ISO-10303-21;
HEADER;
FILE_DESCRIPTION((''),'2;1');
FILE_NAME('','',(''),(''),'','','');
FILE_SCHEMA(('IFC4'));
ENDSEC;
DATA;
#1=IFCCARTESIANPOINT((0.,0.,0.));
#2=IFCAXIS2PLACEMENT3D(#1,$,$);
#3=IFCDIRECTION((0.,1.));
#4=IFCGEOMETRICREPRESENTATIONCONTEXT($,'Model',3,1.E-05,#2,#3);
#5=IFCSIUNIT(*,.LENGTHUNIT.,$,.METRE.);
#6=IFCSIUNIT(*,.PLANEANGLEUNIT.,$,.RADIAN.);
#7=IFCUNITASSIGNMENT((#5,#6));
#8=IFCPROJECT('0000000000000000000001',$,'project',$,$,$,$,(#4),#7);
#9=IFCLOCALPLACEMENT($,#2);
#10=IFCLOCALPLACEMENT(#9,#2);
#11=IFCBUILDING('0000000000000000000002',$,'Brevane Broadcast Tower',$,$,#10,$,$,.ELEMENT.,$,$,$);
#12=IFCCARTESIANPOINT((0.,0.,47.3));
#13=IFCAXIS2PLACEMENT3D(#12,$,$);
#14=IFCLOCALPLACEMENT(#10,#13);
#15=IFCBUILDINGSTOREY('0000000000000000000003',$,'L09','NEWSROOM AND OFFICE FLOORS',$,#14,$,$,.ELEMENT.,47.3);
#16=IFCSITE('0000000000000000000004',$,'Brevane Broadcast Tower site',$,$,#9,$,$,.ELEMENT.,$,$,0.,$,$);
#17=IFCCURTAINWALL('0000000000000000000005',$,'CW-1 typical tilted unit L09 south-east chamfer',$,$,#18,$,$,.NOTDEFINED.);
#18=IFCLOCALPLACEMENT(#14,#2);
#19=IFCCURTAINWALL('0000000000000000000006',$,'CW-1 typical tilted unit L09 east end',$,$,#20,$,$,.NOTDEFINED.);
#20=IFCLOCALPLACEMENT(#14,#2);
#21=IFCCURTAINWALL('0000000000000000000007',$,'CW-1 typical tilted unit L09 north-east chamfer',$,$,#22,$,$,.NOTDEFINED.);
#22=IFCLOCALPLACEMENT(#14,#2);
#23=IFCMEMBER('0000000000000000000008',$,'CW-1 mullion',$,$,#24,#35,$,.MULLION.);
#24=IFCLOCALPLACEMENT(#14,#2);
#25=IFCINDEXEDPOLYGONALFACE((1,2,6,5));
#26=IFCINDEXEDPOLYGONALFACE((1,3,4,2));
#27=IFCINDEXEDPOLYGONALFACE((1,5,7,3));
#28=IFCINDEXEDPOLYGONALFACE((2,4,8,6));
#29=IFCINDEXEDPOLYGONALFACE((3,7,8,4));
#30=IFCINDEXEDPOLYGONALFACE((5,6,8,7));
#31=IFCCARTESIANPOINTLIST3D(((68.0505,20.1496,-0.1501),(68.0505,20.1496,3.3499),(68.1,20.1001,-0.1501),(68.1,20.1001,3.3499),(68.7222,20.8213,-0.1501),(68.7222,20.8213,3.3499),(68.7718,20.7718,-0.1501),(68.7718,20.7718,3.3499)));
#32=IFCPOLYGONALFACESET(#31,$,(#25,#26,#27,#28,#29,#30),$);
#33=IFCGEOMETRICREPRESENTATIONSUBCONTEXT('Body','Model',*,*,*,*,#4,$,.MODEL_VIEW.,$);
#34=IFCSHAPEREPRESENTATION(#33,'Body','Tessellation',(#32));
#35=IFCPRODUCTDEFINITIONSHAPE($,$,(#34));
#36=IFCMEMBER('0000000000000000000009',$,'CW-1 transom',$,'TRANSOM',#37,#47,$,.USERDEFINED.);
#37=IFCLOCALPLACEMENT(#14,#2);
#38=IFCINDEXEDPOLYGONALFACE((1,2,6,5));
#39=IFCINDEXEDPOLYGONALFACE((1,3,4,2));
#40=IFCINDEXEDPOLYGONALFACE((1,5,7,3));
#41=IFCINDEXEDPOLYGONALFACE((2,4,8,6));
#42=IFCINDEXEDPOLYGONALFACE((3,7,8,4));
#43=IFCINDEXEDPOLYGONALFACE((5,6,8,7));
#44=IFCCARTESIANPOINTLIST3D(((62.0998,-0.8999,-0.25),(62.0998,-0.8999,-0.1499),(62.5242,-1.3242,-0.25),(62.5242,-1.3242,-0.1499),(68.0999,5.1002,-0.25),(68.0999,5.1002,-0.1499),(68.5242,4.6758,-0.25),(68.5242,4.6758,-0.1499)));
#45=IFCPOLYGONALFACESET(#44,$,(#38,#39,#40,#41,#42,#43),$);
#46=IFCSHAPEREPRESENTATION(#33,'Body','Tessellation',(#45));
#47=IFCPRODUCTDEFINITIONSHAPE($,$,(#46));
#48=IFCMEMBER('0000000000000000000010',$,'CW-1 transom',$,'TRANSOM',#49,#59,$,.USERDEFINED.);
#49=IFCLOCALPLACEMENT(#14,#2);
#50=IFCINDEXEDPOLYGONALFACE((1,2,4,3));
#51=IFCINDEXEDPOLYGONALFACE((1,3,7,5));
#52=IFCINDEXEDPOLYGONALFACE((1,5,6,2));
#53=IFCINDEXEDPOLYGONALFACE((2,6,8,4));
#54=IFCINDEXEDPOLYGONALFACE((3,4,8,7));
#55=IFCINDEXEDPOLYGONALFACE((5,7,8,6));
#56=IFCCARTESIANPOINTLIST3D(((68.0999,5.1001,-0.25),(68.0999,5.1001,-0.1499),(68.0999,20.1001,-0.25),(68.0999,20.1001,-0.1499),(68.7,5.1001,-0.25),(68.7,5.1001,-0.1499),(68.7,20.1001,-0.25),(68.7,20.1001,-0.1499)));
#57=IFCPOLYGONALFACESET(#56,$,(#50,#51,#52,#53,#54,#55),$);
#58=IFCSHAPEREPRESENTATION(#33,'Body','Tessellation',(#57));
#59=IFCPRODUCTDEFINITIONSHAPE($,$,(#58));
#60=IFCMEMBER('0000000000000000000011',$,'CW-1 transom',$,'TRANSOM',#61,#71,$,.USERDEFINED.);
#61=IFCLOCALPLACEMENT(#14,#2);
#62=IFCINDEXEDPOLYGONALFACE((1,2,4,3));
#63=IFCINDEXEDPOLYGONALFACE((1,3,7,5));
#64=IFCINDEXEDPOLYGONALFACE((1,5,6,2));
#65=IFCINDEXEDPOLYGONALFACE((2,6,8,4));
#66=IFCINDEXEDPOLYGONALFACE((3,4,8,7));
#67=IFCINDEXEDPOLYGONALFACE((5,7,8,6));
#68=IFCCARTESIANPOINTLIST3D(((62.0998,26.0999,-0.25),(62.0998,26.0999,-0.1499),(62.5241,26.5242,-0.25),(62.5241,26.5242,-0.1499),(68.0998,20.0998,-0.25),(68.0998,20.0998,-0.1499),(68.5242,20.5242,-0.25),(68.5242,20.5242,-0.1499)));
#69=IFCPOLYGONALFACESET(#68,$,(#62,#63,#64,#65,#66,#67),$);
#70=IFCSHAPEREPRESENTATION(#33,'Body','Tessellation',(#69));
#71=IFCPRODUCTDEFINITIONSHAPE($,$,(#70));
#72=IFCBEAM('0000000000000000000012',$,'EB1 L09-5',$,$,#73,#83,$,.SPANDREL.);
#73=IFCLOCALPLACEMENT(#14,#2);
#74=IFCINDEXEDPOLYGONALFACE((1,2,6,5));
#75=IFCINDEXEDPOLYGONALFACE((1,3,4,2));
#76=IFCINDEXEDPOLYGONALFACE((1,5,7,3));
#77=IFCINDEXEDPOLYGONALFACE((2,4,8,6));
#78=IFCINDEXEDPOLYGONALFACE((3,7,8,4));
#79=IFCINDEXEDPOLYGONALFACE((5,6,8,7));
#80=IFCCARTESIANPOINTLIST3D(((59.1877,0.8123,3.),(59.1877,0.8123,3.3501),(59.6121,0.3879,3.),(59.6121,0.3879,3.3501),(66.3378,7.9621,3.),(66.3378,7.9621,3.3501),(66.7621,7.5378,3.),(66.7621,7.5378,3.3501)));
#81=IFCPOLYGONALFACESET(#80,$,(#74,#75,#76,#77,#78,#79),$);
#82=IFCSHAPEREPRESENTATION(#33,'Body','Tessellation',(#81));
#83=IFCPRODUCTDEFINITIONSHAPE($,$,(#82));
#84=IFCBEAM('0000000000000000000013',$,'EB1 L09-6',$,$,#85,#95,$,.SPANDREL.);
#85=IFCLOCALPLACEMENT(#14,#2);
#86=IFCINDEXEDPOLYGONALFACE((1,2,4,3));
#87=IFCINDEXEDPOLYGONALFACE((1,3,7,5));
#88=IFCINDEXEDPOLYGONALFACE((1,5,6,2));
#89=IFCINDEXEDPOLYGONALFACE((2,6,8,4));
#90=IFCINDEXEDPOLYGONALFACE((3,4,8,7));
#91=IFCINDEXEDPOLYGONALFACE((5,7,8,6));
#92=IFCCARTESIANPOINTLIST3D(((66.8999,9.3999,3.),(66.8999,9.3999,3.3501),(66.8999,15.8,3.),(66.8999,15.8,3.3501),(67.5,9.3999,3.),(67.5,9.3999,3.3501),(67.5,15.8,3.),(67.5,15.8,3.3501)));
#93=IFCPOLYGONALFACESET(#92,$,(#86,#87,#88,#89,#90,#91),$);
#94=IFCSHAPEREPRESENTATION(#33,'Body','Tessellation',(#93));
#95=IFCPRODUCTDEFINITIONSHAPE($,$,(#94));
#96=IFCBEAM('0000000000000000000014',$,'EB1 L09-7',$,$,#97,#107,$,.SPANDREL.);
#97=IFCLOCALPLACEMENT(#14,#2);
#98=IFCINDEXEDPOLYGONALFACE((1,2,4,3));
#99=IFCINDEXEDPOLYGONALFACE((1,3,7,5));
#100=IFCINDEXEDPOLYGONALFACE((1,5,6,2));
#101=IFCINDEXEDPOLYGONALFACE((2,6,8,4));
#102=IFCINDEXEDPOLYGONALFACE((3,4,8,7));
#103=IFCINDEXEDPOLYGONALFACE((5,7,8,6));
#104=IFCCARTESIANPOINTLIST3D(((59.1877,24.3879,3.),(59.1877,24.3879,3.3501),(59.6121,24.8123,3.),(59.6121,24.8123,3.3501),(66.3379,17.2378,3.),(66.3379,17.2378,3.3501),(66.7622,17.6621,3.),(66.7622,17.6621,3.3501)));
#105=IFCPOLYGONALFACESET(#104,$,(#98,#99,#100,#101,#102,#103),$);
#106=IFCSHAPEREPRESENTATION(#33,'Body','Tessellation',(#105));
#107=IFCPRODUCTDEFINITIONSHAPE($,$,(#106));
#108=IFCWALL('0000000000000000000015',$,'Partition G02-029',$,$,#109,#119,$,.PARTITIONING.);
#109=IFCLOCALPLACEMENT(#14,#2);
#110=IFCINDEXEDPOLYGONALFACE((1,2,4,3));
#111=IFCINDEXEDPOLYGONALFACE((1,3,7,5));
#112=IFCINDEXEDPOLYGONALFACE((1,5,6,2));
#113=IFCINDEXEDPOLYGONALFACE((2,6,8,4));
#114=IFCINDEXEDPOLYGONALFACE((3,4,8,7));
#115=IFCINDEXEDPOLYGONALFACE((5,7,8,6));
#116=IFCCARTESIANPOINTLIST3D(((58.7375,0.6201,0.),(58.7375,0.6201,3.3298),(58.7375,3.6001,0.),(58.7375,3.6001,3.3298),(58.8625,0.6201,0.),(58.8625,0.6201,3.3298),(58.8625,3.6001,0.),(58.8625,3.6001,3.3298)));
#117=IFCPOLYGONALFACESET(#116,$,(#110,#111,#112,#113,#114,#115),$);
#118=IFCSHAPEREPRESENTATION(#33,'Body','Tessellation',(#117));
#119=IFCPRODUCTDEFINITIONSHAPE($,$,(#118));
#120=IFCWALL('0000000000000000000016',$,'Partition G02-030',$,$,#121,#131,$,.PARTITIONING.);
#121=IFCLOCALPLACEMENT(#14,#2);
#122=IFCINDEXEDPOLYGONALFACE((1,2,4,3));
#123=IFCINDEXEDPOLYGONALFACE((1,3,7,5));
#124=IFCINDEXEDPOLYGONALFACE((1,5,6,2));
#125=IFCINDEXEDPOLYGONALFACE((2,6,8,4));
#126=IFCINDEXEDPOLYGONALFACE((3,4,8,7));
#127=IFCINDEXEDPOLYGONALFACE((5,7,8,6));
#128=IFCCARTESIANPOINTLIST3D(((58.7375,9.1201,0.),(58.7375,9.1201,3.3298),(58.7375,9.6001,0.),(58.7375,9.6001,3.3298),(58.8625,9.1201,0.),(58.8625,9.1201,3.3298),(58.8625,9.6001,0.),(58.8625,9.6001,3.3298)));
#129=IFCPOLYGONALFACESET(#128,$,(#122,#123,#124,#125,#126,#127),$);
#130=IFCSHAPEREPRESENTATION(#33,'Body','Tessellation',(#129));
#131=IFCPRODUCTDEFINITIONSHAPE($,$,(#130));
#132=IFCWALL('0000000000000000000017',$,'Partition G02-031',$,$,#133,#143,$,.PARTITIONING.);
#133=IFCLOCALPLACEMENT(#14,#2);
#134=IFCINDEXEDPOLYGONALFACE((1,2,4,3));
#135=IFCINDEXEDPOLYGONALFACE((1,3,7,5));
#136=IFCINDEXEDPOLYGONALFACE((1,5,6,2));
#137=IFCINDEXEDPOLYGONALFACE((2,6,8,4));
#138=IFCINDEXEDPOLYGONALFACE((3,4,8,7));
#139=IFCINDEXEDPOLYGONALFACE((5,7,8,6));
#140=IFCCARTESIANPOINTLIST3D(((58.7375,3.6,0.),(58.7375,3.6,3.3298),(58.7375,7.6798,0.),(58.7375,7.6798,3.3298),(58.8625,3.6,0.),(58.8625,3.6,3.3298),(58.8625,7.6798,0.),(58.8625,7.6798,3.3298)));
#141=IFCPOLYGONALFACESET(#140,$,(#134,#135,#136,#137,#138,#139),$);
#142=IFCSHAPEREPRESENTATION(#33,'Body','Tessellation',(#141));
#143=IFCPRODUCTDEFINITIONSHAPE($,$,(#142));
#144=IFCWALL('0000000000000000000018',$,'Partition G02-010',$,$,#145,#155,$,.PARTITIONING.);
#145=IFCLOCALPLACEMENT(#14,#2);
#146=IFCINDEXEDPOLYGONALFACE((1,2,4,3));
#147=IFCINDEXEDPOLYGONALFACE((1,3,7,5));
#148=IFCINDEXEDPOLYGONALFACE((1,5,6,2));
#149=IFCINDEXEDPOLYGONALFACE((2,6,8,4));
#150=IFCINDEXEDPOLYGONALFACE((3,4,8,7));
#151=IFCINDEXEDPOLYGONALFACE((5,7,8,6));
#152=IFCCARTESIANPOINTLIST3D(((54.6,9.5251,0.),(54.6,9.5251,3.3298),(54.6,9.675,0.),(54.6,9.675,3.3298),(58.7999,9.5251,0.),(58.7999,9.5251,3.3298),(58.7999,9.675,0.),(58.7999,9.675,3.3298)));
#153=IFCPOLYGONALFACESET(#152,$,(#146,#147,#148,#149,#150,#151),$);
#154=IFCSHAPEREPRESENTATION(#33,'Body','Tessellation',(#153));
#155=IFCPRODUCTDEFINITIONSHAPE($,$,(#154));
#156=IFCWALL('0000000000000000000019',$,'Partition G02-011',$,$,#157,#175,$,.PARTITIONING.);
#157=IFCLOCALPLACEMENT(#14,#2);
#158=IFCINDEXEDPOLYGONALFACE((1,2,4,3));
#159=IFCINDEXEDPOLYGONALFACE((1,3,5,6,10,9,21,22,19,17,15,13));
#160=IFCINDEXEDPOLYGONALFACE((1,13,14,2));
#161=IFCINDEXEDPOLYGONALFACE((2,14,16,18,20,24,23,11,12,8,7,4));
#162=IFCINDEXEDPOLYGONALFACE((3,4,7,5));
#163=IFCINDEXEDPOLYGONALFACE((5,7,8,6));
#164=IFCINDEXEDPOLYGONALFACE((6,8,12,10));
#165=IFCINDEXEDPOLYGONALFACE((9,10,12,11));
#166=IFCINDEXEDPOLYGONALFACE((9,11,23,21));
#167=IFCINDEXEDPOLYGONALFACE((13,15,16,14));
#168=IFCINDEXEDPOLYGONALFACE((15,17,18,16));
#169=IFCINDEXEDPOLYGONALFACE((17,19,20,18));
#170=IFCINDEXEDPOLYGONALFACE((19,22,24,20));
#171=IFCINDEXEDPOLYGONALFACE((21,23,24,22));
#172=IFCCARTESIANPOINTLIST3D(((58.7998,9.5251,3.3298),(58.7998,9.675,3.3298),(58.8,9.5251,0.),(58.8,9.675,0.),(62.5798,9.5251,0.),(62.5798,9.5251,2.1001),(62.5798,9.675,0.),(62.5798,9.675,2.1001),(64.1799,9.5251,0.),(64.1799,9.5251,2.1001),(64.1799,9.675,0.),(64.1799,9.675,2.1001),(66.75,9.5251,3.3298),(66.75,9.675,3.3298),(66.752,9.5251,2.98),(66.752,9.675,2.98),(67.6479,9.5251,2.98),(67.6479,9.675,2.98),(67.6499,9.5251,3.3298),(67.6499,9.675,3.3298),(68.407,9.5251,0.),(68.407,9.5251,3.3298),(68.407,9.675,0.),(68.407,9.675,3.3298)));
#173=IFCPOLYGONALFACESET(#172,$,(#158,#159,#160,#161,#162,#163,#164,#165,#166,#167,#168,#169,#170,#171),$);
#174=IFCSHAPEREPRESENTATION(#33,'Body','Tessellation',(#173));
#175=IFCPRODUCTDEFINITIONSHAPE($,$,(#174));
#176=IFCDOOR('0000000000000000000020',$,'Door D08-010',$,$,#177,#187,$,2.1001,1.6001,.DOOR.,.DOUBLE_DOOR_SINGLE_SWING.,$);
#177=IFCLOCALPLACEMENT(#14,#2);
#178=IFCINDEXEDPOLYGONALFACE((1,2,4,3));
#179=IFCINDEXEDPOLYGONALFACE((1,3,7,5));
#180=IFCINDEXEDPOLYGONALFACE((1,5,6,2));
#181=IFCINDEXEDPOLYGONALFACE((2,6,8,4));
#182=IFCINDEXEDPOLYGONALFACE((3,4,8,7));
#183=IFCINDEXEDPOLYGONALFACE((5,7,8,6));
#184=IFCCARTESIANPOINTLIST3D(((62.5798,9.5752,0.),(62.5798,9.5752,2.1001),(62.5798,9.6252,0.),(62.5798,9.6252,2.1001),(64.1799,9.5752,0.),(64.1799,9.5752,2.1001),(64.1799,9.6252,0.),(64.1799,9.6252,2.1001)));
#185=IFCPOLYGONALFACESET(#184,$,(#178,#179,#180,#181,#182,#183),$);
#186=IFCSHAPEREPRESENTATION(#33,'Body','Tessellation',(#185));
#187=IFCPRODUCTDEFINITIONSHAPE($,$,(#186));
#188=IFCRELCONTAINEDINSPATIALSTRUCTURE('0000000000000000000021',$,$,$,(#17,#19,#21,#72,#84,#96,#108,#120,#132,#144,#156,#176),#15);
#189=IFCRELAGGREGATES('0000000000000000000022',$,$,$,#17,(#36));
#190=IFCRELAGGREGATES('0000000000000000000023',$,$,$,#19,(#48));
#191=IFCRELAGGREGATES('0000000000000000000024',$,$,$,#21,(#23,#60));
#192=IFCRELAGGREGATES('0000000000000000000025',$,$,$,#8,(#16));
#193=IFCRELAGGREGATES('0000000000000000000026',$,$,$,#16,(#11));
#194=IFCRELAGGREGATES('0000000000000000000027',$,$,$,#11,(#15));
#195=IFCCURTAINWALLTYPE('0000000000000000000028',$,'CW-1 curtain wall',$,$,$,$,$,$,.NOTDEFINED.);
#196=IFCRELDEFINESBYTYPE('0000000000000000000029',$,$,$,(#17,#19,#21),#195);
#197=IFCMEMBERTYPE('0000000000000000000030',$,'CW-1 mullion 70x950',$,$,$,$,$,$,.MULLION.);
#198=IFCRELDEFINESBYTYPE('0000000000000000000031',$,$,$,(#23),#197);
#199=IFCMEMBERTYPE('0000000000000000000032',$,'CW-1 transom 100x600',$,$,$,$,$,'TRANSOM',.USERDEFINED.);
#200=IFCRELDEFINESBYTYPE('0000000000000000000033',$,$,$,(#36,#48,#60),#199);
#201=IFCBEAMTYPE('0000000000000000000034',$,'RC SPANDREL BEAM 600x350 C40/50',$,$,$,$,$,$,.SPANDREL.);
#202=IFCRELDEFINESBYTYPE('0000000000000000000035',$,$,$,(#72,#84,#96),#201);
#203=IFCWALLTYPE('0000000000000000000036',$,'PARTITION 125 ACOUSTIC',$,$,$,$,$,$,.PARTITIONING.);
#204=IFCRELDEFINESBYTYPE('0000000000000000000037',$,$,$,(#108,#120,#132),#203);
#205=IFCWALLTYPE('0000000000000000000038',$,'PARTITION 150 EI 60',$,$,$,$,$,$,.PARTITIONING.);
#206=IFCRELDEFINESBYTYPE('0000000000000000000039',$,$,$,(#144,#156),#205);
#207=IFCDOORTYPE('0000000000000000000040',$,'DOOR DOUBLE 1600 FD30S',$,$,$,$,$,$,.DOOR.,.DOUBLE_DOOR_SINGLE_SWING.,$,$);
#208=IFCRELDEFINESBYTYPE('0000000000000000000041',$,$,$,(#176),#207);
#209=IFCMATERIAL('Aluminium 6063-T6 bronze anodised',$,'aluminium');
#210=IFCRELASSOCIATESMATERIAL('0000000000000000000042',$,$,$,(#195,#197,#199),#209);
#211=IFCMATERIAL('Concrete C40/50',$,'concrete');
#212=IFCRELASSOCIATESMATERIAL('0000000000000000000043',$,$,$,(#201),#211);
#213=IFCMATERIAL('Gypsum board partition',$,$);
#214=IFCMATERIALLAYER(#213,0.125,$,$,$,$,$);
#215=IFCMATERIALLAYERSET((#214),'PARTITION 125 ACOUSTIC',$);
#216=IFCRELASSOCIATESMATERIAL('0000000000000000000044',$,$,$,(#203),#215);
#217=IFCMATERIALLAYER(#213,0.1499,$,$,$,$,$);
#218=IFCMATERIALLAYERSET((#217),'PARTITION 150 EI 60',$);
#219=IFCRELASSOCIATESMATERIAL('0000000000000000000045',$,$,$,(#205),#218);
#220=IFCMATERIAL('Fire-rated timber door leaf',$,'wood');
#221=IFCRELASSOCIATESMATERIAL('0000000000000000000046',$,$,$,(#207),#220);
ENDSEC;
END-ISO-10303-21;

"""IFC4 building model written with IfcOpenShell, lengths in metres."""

from ifc_helpers import new_model, si_unit, direction, frame, frame_2d, origin, origin_2d, place, context, subcontext, project, spatial, polyline, rectangle, outline, extrude, material, layer, layer_set, material_profile, profile_set, type_object, element, fill, aggregate, save


model = new_model("IFC4")

# Units and contexts
model_context = context("Model", 3, precision=1e-05, world=origin(), true_north=direction((0.0, 1.0)))
body_context = subcontext(model_context, "Body", "Model", "MODEL_VIEW")
ifc_project = project(units=[si_unit("LENGTHUNIT", "METRE"), si_unit("PLANEANGLEUNIT", "RADIAN")], contexts=[model_context])

# Site, building, storey
site_placement = place(None, origin())
site = spatial("IfcSite", under=ifc_project, at=site_placement, Name="Brevane Broadcast Tower site", CompositionType="ELEMENT", RefElevation=0.0)
building_placement = place(site_placement, origin())
building = spatial("IfcBuilding", under=site, at=building_placement, Name="Brevane Broadcast Tower", CompositionType="ELEMENT")
storey_placement = place(building_placement, frame((0.0, 0.0, 47.3)))
storey = spatial("IfcBuildingStorey", under=building, at=storey_placement, Name="L09", Description="NEWSROOM AND OFFICE FLOORS", CompositionType="ELEMENT", Elevation=47.3)

# Curtain walls
ifc_material_1 = material(Name="Aluminium 6063-T6 bronze anodised", Category="aluminium")
curtain_wall_type = type_object("IfcCurtainWallType", Name="CW-1 curtain wall", PredefinedType="NOTDEFINED", material=ifc_material_1)
ifc_material_profile_1 = material_profile(ifc_material_1, rectangle(XDim=0.95, YDim=0.0701, at=origin_2d()), Name="RECT 70x950")
ifc_profile_set_1 = profile_set([ifc_material_profile_1], Name="Aluminium 6063-T6 bronze anodised")
member_type_1 = type_object("IfcMemberType", Name="CW-1 mullion 70x950", PredefinedType="MULLION", material=ifc_profile_set_1)
curtain_wall_1_placement = place(storey_placement, origin())
curtain_wall_1 = element("IfcCurtainWall", 1, at=curtain_wall_1_placement, inside=storey, type_object=curtain_wall_type, Name="CW-1 typical tilted unit L09 south-east chamfer", PredefinedType="NOTDEFINED")
curtain_wall_2_placement = place(storey_placement, origin())
curtain_wall_2 = element("IfcCurtainWall", 2, at=curtain_wall_2_placement, inside=storey, type_object=curtain_wall_type, Name="CW-1 typical tilted unit L09 east end", PredefinedType="NOTDEFINED")

# Curtain wall, member
curtain_wall_3_placement = place(storey_placement, origin())
curtain_wall_3 = element("IfcCurtainWall", 3, at=curtain_wall_3_placement, inside=storey, type_object=curtain_wall_type, Name="CW-1 typical tilted unit L09 north-east chamfer", PredefinedType="NOTDEFINED")
member_1_placement = place(storey_placement, frame((68.4111, 20.4607, -0.1501), z_axis=(0.0, 0.0, 1.0), x_axis=(-0.707107, -0.707107, 0.0)))
member_1 = element("IfcMember", 4, at=member_1_placement, type_object=member_type_1, Name="CW-1 mullion", PredefinedType="MULLION", context=body_context, shape_type="SweptSolid", body=[
    extrude(rectangle(XDim=0.95, YDim=0.0701, at=origin_2d()), origin(), (0.0, 0.0, 1.0), 3.5),
])

# Members
ifc_material_profile_2 = material_profile(ifc_material_1, rectangle(XDim=0.6001, YDim=0.1001, at=origin_2d()), Name="RECT 100x600")
ifc_profile_set_2 = profile_set([ifc_material_profile_2], Name="Aluminium 6063-T6 bronze anodised")
member_type_2 = type_object("IfcMemberType", Name="CW-1 transom 100x600", ElementType="TRANSOM", PredefinedType="USERDEFINED", material=ifc_profile_set_2)
member_2_placement = place(storey_placement, frame((62.312, -1.1121, -0.2), z_axis=(0.707107, 0.707107, 0.0), x_axis=(-0.707107, 0.707107, 0.0)))
member_2 = element("IfcMember", 5, at=member_2_placement, type_object=member_type_2, Name="CW-1 transom", ObjectType="TRANSOM", PredefinedType="USERDEFINED", context=body_context, shape_type="SweptSolid", body=[
    extrude(rectangle(XDim=0.6001, YDim=0.1001, at=origin_2d()), origin(), (0.0, 0.0, 1.0), 8.4854),
])
aggregate(curtain_wall_1, [member_2])
member_3_placement = place(storey_placement, frame((68.3999, 5.1001, -0.2), z_axis=(0.0, 1.0, 0.0), x_axis=(-1.0, 0.0, 0.0)))
member_3 = element("IfcMember", 6, at=member_3_placement, type_object=member_type_2, Name="CW-1 transom", ObjectType="TRANSOM", PredefinedType="USERDEFINED", context=body_context, shape_type="SweptSolid", body=[
    extrude(rectangle(XDim=0.6001, YDim=0.1001, at=origin_2d()), origin(), (0.0, 0.0, 1.0), 15.0),
])
aggregate(curtain_wall_2, [member_3])
member_4_placement = place(storey_placement, frame((68.312, 20.312, -0.2), z_axis=(-0.707107, 0.707107, 0.0), x_axis=(-0.707107, -0.707107, 0.0)))
member_4 = element("IfcMember", 7, at=member_4_placement, type_object=member_type_2, Name="CW-1 transom", ObjectType="TRANSOM", PredefinedType="USERDEFINED", context=body_context, shape_type="SweptSolid", body=[
    extrude(rectangle(XDim=0.6001, YDim=0.1001, at=origin_2d()), origin(), (0.0, 0.0, 1.0), 8.4854),
])
aggregate(curtain_wall_3, [member_1, member_4])

# Beams
ifc_material_2 = material(Name="Concrete C40/50", Category="concrete")
ifc_material_profile_3 = material_profile(ifc_material_2, rectangle(XDim=0.6001, YDim=0.3501, at=origin_2d()), Name="RC 600x350")
ifc_profile_set_3 = profile_set([ifc_material_profile_3], Name="Concrete C40/50")
beam_type = type_object("IfcBeamType", Name="RC SPANDREL BEAM 600x350 C40/50", PredefinedType="SPANDREL", material=ifc_profile_set_3)
beam_1_placement = place(storey_placement, frame((59.3999, 0.6001, 3.175), z_axis=(0.707119, 0.707095, 0.0), x_axis=(-0.707095, 0.707119, 0.0)))
element("IfcBeam", 8, at=beam_1_placement, inside=storey, type_object=beam_type, Name="EB1 L09-5", PredefinedType="SPANDREL", context=body_context, shape_type="SweptSolid", body=[
    extrude(rectangle(XDim=0.6001, YDim=0.3501, at=origin_2d()), origin(), (0.0, 0.0, 1.0), 10.1116),
])
beam_2_placement = place(storey_placement, frame((67.2, 9.3999, 3.175), z_axis=(0.0, 1.0, 0.0), x_axis=(-1.0, 0.0, 0.0)))
element("IfcBeam", 9, at=beam_2_placement, inside=storey, type_object=beam_type, Name="EB1 L09-6", PredefinedType="SPANDREL", context=body_context, shape_type="SweptSolid", body=[
    extrude(rectangle(XDim=0.6001, YDim=0.3501, at=origin_2d()), origin(), (0.0, 0.0, 1.0), 6.4001),
])
beam_3_placement = place(storey_placement, frame((66.55, 17.45, 3.175), z_axis=(-0.707107, 0.707107, 0.0), x_axis=(-0.707107, -0.707107, 0.0)))
element("IfcBeam", 10, at=beam_3_placement, inside=storey, type_object=beam_type, Name="EB1 L09-7", PredefinedType="SPANDREL", context=body_context, shape_type="SweptSolid", body=[
    extrude(rectangle(XDim=0.6001, YDim=0.3501, at=origin_2d()), origin(), (0.0, 0.0, 1.0), 10.1118),
])

# Walls
ifc_material_3 = material(Name="Gypsum board partition")
ifc_layer_1 = layer(ifc_material_3, 0.125)
ifc_layer_set_1 = layer_set([ifc_layer_1], Name="PARTITION 125 ACOUSTIC")
wall_type_1 = type_object("IfcWallType", Name="PARTITION 125 ACOUSTIC", PredefinedType="PARTITIONING", material=ifc_layer_set_1)
wall_1_placement = place(storey_placement, frame((58.8, 3.6001, 0.0), z_axis=(0.0, 0.0, 1.0), x_axis=(0.0, -1.0, 0.0)))
element("IfcWall", 11, at=wall_1_placement, inside=storey, type_object=wall_type_1, Name="Partition G02-029", PredefinedType="PARTITIONING", context=body_context, shape_type="SweptSolid", body=[
    extrude(rectangle(XDim=2.98, YDim=0.125, at=frame_2d((1.49, 0.0))), origin(), (0.0, 0.0, 1.0), 3.3298),
])
wall_2_placement = place(storey_placement, frame((58.8, 9.6001, 0.0), z_axis=(0.0, 0.0, 1.0), x_axis=(0.0, -1.0, 0.0)))
element("IfcWall", 12, at=wall_2_placement, inside=storey, type_object=wall_type_1, Name="Partition G02-030", PredefinedType="PARTITIONING", context=body_context, shape_type="SweptSolid", body=[
    extrude(rectangle(XDim=0.48, YDim=0.125, at=frame_2d((0.24, 0.0))), origin(), (0.0, 0.0, 1.0), 3.3298),
])
wall_3_placement = place(storey_placement, frame((58.8, 7.6799, 0.0), z_axis=(0.0, 0.0, 1.0), x_axis=(0.0, -1.0, 0.0)))
element("IfcWall", 13, at=wall_3_placement, inside=storey, type_object=wall_type_1, Name="Partition G02-031", PredefinedType="PARTITIONING", context=body_context, shape_type="SweptSolid", body=[
    extrude(rectangle(XDim=4.0798, YDim=0.125, at=frame_2d((2.04, 0.0))), origin(), (0.0, 0.0, 1.0), 3.3298),
])
ifc_layer_2 = layer(ifc_material_3, 0.1499)
ifc_layer_set_2 = layer_set([ifc_layer_2], Name="PARTITION 150 EI 60")
wall_type_2 = type_object("IfcWallType", Name="PARTITION 150 EI 60", PredefinedType="PARTITIONING", material=ifc_layer_set_2)
wall_4_placement = place(storey_placement, frame((58.8, 9.6001, 0.0), z_axis=(0.0, 0.0, 1.0), x_axis=(-1.0, 0.0, 0.0)))
element("IfcWall", 14, at=wall_4_placement, inside=storey, type_object=wall_type_2, Name="Partition G02-010", PredefinedType="PARTITIONING", context=body_context, shape_type="SweptSolid", body=[
    extrude(rectangle(XDim=4.2, YDim=0.1499, at=frame_2d((2.1001, 0.0))), origin(), (0.0, 0.0, 1.0), 3.3298),
])

# Wall, opening, door
wall_5_placement = place(storey_placement, frame((68.407, 9.6001, 0.0), z_axis=(0.0, 0.0, 1.0), x_axis=(-1.0, 0.0, 0.0)))
wall_5 = element("IfcWall", 15, at=wall_5_placement, inside=storey, type_object=wall_type_2, Name="Partition G02-011", PredefinedType="PARTITIONING", context=body_context, shape_type="SweptSolid", body=[
    extrude(outline(polyline([(0.0, 0.0), (9.6069, 0.0), (9.6072, 3.3298), (1.657, 3.3298), (1.655, 2.98), (0.759, 2.98), (0.7571, 3.3298), (0.1272, 3.3298), (0.0, 3.3298), (0.0, 0.0)])), frame((0.0, 0.075, 0.0), z_axis=(0.0, -1.0, 0.0), x_axis=(1.0, 0.0, 0.0)), (0.0, 0.0, 1.0), 0.1499),
])
opening_1_placement = place(wall_5_placement, frame((4.2271, 0.0, 0.0)))
opening_1 = element("IfcOpeningElement", 16, at=opening_1_placement, cuts=wall_5, PredefinedType="OPENING", context=body_context, shape_type="SweptSolid", body=[
    extrude(rectangle(XDim=1.6001, YDim=2.1001, at=frame_2d((0.8, 1.05))), frame((0.0, 0.085, 0.0), z_axis=(0.0, -1.0, 0.0), x_axis=(1.0, 0.0, 0.0)), (0.0, 0.0, 1.0), 0.1699),
])
ifc_material_4 = material(Name="Fire-rated timber door leaf", Category="wood")
door_type_1 = type_object("IfcDoorType", Name="DOOR DOUBLE 1600 FD30S", OperationType="DOUBLE_DOOR_SINGLE_SWING", PredefinedType="DOOR", material=ifc_material_4)
door_1_placement = place(opening_1_placement, origin())
door_1 = element("IfcDoor", 17, at=door_1_placement, inside=storey, type_object=door_type_1, Name="Door D08-010", OperationType="DOUBLE_DOOR_SINGLE_SWING", OverallHeight=2.1001, OverallWidth=1.6001, PredefinedType="DOOR", context=body_context, shape_type="SweptSolid", body=[
    extrude(rectangle(XDim=1.6001, YDim=2.1001, at=frame_2d((0.8, 1.05))), frame((0.0, 0.0249, 0.0), z_axis=(0.0, -1.0, 0.0), x_axis=(1.0, 0.0, 0.0)), (0.0, 0.0, 1.0), 0.05),
])
fill(opening_1, door_1)

save(model, "model.ifc")
